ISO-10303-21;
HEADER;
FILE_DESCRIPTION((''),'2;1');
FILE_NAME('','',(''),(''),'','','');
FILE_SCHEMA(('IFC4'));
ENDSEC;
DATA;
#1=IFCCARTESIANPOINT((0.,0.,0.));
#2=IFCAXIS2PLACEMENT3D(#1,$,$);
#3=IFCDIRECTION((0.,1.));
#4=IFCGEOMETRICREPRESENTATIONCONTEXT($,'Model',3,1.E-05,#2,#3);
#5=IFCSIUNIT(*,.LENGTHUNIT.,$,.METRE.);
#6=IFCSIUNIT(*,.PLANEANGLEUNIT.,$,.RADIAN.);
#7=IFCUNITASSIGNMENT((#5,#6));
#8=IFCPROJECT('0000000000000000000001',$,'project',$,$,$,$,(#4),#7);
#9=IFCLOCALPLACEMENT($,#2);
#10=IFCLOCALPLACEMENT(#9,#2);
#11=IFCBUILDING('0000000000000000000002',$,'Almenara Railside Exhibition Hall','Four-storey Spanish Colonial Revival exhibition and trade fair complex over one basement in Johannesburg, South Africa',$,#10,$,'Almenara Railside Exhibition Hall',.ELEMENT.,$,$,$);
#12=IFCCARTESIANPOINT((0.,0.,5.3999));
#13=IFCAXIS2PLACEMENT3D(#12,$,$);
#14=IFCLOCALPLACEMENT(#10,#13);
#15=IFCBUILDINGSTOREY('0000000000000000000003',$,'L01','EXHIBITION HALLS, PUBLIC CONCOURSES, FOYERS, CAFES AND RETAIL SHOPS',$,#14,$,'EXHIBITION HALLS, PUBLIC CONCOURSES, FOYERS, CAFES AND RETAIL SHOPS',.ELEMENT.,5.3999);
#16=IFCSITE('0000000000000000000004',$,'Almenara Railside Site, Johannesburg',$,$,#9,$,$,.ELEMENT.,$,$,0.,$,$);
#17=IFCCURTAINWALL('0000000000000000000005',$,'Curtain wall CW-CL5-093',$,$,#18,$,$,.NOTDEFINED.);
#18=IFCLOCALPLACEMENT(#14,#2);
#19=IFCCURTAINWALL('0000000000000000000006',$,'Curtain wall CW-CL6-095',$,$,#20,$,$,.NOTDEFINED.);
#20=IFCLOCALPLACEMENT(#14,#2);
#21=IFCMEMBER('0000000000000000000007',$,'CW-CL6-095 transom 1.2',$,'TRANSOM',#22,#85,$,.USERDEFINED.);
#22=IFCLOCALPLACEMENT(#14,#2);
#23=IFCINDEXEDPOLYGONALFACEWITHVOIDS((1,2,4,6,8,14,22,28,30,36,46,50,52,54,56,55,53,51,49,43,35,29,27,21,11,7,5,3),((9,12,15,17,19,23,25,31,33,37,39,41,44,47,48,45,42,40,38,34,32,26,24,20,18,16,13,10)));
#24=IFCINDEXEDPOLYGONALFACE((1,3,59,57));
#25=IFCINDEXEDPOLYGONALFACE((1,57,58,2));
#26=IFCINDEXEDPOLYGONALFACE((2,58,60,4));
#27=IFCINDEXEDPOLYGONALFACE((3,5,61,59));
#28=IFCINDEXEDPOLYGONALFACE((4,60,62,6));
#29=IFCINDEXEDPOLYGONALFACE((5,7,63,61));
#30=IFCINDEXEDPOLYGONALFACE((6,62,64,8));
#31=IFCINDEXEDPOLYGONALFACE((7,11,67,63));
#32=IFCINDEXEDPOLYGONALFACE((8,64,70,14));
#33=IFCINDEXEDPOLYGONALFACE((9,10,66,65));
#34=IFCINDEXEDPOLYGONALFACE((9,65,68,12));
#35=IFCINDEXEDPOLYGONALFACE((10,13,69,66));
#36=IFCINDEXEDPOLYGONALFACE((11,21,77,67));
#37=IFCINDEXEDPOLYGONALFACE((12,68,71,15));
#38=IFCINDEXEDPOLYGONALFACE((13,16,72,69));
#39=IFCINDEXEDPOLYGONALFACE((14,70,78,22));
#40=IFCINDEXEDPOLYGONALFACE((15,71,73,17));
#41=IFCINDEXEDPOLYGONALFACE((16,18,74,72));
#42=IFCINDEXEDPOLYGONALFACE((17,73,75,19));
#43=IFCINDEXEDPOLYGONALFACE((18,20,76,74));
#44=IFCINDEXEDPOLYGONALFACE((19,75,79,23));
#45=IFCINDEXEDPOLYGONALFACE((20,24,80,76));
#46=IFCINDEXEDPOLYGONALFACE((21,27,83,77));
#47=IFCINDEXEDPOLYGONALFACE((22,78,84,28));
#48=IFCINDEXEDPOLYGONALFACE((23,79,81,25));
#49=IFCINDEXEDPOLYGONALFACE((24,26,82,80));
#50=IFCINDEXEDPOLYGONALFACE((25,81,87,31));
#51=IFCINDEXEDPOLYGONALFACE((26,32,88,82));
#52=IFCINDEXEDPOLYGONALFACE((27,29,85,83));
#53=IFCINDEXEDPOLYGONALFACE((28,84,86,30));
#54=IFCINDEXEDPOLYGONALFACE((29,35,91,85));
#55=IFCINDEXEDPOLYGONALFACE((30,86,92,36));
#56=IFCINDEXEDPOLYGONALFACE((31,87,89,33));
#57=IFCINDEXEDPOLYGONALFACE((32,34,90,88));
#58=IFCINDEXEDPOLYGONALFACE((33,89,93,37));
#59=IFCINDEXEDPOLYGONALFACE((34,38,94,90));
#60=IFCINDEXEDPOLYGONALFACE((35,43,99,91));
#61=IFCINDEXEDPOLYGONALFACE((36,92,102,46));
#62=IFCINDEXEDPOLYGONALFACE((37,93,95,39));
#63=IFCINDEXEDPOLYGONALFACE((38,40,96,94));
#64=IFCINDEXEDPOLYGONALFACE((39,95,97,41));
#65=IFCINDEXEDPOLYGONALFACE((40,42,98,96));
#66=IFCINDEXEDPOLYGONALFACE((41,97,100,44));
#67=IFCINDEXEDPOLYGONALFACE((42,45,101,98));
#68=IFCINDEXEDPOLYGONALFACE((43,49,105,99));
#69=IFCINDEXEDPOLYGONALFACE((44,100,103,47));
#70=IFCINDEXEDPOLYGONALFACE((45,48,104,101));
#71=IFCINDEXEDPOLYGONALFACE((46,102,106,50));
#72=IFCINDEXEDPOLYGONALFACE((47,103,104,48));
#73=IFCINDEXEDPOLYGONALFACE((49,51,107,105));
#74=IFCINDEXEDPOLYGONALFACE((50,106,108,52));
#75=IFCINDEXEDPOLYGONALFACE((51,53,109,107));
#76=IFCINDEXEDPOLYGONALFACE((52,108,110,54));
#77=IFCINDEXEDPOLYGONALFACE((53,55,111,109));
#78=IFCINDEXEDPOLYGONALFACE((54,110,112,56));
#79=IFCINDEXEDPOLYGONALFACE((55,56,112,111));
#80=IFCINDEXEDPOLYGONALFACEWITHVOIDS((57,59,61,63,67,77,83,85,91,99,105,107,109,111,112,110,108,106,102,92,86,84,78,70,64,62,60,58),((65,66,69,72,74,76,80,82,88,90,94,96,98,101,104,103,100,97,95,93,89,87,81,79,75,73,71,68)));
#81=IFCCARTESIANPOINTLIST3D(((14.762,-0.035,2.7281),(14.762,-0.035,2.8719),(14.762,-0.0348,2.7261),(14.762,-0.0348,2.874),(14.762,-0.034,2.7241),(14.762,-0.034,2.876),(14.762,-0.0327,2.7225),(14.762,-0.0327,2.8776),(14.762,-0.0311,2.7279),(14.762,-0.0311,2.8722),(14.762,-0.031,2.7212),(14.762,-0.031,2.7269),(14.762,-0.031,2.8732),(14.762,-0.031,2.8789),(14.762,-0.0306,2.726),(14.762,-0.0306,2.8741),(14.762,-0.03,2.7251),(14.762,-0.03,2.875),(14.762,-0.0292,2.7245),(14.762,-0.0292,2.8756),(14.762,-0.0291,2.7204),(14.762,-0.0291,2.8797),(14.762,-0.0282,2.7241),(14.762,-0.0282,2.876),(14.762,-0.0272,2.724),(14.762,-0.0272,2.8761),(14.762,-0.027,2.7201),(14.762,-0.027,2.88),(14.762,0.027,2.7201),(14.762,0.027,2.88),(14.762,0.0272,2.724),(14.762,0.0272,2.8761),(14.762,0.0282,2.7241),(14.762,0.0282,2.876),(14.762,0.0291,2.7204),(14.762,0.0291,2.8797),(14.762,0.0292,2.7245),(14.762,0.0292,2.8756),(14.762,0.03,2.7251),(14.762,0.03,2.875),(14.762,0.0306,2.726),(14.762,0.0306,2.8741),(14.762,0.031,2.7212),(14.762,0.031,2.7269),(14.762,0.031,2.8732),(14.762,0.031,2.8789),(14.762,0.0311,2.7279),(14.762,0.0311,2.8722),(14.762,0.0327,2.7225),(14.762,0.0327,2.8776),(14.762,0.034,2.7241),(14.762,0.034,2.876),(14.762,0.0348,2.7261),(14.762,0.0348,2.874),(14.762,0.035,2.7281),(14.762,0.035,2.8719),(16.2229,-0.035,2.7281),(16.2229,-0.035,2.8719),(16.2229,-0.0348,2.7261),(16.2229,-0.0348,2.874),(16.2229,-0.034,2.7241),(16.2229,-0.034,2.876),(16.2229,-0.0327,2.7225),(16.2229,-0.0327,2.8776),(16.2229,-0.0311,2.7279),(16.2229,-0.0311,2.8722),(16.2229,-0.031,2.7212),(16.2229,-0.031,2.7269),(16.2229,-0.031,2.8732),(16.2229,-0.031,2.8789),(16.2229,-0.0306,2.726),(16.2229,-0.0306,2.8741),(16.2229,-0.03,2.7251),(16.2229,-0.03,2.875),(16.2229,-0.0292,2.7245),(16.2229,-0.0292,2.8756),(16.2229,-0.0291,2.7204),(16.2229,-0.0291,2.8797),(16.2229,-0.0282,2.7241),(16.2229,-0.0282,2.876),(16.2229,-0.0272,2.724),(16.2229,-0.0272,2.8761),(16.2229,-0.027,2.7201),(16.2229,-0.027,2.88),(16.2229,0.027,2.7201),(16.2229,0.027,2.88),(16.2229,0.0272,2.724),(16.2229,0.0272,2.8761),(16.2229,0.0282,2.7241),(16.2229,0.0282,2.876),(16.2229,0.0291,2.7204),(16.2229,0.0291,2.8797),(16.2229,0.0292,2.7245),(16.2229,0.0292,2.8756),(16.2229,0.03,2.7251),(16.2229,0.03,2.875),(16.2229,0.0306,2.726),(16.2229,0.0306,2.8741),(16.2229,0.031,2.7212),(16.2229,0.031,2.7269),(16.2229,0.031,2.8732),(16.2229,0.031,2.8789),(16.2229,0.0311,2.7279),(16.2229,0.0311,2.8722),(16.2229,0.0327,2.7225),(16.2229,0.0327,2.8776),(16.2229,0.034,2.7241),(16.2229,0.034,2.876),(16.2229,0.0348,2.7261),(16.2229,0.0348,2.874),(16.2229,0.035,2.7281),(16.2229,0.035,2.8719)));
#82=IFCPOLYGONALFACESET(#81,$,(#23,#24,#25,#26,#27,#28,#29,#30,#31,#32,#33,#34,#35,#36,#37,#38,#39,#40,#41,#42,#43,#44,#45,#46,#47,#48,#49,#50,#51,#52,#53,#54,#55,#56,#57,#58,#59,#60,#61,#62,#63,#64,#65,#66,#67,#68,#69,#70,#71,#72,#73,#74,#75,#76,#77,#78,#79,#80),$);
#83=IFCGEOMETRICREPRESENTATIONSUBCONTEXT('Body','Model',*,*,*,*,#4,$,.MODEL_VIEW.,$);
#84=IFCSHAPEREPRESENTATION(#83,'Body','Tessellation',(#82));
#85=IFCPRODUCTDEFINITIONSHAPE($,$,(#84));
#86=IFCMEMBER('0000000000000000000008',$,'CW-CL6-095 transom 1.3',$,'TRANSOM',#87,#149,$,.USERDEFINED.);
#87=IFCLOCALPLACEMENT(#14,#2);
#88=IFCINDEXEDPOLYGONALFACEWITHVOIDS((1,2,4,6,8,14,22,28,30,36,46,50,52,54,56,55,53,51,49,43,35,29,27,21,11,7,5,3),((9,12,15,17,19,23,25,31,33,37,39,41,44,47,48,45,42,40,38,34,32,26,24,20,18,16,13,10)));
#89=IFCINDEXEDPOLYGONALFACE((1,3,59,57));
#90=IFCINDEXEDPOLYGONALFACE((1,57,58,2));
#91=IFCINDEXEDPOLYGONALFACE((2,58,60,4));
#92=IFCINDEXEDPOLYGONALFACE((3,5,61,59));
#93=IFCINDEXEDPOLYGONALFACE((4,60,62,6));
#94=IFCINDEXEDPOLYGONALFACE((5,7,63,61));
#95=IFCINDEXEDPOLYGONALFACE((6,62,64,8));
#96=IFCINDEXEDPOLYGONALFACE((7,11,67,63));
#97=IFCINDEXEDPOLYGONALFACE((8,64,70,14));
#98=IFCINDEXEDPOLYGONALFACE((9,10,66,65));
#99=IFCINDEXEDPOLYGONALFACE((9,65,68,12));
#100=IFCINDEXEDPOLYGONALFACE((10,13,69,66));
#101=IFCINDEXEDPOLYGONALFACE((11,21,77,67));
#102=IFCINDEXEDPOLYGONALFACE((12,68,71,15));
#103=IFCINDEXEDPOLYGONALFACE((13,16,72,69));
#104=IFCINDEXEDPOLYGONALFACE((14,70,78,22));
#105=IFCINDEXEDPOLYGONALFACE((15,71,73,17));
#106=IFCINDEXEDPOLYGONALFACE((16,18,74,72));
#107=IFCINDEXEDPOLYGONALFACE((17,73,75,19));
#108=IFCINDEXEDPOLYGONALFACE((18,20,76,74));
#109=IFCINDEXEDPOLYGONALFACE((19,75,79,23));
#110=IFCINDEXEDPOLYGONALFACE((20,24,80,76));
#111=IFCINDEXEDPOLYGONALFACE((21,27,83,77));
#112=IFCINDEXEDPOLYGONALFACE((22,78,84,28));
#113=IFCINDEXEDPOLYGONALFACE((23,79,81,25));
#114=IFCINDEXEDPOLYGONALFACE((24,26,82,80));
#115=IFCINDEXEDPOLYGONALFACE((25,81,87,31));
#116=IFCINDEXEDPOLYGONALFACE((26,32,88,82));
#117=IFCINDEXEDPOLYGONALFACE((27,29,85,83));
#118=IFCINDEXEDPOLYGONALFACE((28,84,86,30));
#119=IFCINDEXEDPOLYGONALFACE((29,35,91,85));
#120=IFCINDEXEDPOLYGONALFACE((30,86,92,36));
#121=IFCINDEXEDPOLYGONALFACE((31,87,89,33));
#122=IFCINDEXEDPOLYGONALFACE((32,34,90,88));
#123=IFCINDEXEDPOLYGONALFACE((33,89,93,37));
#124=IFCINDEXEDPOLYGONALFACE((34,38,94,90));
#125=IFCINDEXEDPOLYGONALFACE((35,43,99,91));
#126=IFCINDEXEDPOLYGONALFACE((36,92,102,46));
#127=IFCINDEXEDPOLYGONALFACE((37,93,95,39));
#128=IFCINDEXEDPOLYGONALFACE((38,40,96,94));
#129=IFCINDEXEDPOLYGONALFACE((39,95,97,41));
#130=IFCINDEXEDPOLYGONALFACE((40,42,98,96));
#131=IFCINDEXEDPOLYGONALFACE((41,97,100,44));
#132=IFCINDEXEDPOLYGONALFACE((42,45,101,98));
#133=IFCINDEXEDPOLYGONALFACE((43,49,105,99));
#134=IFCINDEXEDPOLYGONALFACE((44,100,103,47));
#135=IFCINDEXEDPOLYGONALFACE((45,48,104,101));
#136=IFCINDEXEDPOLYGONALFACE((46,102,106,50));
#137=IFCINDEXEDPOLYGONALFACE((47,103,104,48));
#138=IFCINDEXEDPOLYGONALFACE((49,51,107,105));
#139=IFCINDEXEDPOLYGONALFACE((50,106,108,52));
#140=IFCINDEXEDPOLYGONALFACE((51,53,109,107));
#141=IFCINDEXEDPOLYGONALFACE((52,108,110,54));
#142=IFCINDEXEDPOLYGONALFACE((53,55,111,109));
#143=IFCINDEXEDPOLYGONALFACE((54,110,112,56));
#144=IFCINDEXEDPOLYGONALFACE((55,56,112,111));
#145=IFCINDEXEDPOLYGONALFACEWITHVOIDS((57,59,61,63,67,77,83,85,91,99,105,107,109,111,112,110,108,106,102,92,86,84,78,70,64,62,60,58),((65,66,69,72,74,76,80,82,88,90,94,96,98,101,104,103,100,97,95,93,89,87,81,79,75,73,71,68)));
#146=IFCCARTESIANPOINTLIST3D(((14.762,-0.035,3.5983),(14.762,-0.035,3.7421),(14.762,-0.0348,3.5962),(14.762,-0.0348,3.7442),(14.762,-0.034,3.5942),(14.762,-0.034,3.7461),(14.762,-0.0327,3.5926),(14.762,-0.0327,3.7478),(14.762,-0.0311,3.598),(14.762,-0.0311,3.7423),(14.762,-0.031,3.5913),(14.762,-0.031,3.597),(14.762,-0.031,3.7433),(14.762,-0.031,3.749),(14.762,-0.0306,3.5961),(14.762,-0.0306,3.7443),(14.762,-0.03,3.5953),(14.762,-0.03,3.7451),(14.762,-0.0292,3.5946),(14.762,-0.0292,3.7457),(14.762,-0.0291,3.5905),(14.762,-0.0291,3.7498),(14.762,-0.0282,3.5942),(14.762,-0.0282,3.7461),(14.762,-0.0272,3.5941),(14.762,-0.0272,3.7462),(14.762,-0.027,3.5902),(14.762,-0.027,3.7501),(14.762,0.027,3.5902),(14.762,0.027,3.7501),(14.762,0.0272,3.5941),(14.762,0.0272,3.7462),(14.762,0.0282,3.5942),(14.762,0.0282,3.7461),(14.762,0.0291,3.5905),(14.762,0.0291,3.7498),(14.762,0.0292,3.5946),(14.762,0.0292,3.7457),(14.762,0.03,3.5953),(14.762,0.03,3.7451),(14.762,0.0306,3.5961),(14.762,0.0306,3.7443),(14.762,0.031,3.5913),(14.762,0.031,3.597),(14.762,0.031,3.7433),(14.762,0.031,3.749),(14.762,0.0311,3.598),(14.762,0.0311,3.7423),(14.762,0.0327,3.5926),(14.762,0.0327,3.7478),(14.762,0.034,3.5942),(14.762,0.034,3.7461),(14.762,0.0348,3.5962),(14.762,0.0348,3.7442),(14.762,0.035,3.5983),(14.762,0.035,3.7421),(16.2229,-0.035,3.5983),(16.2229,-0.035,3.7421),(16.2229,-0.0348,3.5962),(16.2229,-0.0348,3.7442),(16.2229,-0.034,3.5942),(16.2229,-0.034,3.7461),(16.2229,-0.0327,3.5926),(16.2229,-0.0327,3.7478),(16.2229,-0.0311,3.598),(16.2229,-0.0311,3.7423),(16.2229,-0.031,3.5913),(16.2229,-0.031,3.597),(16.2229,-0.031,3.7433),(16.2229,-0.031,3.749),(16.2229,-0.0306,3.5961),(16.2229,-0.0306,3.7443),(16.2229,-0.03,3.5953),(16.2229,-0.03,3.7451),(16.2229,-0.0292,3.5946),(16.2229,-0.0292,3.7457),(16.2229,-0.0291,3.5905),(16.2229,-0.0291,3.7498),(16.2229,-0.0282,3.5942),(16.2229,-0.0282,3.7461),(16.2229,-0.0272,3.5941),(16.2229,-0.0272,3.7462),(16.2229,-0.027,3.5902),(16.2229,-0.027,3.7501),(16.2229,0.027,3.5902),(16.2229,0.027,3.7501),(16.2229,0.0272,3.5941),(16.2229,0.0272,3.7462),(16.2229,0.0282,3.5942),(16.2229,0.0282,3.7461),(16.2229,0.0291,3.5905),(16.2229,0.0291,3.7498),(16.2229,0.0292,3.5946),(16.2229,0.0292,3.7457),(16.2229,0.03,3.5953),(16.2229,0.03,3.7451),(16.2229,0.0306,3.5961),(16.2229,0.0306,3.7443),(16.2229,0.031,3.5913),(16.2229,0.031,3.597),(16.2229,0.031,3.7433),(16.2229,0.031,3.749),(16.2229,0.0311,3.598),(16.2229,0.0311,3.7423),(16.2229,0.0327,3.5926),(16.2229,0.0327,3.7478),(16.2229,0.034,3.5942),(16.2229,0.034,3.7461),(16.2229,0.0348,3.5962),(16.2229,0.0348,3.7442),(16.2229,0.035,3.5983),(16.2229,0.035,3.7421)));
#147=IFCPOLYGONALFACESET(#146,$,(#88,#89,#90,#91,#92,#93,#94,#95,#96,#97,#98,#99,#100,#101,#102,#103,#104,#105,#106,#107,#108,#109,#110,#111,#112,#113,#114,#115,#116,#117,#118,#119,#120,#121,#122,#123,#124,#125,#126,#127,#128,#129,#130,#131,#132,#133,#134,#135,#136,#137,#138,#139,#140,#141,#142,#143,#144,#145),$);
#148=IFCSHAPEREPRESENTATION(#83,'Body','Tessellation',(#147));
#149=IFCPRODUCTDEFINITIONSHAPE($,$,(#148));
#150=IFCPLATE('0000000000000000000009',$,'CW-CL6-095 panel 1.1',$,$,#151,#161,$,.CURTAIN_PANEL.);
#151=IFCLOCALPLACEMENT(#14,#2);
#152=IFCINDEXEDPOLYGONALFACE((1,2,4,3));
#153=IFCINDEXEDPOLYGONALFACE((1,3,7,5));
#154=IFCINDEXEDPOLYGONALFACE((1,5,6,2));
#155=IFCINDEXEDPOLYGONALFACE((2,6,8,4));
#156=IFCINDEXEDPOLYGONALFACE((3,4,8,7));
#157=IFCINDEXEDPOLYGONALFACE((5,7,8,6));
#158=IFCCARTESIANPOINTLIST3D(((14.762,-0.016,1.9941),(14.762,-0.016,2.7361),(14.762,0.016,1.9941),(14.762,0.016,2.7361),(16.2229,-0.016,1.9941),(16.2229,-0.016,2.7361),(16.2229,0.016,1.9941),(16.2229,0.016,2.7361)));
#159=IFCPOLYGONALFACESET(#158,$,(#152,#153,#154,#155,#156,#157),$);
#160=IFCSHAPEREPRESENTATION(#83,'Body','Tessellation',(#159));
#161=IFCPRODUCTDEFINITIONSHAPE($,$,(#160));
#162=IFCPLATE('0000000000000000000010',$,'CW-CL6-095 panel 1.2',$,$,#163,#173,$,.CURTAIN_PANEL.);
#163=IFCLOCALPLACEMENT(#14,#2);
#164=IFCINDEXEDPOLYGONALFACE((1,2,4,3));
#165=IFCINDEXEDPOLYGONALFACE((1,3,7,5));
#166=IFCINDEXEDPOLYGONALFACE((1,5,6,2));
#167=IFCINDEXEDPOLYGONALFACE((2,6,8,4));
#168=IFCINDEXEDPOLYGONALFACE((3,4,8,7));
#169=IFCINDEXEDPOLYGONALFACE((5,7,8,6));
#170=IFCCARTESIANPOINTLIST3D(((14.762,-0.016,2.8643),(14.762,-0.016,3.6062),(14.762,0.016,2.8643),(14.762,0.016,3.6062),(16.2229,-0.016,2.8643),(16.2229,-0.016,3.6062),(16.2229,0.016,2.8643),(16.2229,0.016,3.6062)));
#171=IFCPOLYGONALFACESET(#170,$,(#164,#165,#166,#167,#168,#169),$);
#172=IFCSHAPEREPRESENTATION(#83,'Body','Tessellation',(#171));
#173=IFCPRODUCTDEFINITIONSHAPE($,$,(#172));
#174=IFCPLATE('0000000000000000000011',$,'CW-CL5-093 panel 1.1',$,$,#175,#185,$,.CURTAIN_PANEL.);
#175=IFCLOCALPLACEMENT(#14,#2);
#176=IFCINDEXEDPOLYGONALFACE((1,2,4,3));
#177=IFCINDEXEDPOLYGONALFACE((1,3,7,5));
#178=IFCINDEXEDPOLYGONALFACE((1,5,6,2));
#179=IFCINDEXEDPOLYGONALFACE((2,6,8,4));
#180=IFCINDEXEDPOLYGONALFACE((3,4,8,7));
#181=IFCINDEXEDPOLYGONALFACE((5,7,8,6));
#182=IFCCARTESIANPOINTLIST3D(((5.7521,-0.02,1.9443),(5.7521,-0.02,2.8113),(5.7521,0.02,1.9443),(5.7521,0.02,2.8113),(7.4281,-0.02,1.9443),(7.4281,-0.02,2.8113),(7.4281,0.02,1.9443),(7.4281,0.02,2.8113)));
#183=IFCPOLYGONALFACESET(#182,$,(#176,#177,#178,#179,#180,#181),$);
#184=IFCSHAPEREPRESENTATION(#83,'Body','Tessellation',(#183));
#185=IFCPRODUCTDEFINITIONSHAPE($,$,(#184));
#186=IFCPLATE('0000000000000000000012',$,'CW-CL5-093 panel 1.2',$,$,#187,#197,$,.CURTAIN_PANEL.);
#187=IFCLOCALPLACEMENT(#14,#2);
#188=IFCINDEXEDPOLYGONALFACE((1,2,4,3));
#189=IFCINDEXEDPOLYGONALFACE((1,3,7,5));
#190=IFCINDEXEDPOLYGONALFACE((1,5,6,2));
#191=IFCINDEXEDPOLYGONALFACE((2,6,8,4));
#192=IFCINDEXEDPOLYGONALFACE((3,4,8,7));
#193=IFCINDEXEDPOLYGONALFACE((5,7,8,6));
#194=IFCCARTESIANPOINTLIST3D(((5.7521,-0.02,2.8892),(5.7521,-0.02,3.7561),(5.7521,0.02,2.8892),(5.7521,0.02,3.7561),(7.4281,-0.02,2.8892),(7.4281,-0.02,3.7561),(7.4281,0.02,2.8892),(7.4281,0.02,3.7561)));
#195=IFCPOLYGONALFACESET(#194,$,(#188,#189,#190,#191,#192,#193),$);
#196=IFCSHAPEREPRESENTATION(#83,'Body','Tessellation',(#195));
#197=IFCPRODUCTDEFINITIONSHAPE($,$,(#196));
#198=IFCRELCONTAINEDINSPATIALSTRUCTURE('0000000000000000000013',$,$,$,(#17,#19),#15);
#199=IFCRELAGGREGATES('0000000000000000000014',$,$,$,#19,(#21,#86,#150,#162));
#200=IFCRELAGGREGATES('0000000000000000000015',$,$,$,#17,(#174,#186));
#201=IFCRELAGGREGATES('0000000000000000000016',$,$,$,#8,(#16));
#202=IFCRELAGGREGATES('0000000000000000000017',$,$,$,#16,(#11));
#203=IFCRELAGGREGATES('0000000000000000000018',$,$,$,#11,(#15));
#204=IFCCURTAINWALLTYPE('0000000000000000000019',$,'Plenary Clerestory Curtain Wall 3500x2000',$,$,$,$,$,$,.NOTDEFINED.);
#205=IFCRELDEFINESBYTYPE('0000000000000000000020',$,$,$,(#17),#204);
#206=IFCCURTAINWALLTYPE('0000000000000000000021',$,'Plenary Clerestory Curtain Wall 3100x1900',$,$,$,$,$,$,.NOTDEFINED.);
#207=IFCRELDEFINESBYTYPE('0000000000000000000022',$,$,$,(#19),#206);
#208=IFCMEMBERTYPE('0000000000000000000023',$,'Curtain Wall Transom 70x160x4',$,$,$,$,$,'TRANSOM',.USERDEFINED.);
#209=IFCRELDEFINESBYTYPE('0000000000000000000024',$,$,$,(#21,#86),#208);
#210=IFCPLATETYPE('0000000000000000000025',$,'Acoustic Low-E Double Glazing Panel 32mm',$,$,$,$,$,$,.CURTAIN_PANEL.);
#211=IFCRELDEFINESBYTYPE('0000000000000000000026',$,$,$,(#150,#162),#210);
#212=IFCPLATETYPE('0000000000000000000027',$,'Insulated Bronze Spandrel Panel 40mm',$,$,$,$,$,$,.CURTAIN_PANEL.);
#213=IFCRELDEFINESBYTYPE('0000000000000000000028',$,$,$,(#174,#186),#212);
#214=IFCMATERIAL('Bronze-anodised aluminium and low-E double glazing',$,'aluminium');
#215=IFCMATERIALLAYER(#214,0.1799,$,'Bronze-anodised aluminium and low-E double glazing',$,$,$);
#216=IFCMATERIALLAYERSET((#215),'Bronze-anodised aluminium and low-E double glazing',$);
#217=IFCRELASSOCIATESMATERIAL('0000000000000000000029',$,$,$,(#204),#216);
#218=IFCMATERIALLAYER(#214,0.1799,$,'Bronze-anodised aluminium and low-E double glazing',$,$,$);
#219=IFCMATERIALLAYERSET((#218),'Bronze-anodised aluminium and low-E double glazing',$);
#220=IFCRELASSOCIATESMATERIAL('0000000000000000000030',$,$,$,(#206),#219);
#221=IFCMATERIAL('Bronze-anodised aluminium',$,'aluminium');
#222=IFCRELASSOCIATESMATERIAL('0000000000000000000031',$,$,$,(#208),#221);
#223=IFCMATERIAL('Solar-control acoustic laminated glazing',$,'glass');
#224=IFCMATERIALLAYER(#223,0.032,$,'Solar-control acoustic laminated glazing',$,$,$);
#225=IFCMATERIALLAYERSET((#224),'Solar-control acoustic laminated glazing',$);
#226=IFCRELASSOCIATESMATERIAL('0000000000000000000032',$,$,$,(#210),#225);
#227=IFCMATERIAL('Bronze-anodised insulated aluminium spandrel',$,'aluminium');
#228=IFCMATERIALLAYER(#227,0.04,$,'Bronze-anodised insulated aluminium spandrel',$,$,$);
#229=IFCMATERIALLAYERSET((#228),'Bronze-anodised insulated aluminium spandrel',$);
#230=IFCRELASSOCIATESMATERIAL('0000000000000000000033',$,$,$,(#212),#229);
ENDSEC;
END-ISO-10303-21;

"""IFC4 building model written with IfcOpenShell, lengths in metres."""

from ifc_helpers import new_model, si_unit, direction, frame, origin, origin_2d, place, context, subcontext, project, spatial, rectangle, hollow_rectangle, extrude, material, layer, layer_set, material_profile, profile_set, type_object, element, aggregate, save


model = new_model("IFC4")

# Units and contexts
model_context = context("Model", 3, precision=1e-05, world=origin(), true_north=direction((0.0, 1.0)))
body_context = subcontext(model_context, "Body", "Model", "MODEL_VIEW")
ifc_project = project(units=[si_unit("LENGTHUNIT", "METRE"), si_unit("PLANEANGLEUNIT", "RADIAN")], contexts=[model_context])

# Site, building, storey
site_placement = place(None, origin())
site = spatial("IfcSite", under=ifc_project, at=site_placement, Name="Almenara Railside Site, Johannesburg", CompositionType="ELEMENT", RefElevation=0.0)
building_placement = place(site_placement, origin())
building = spatial("IfcBuilding", under=site, at=building_placement, Name="Almenara Railside Exhibition Hall", Description="Four-storey Spanish Colonial Revival exhibition and trade fair complex over one basement in Johannesburg, South Africa", LongName="Almenara Railside Exhibition Hall", CompositionType="ELEMENT")
storey_placement = place(building_placement, frame((0.0, 0.0, 5.3999)))
storey = spatial("IfcBuildingStorey", under=building, at=storey_placement, Name="L01", Description="EXHIBITION HALLS, PUBLIC CONCOURSES, FOYERS, CAFES AND RETAIL SHOPS", LongName="EXHIBITION HALLS, PUBLIC CONCOURSES, FOYERS, CAFES AND RETAIL SHOPS", CompositionType="ELEMENT", Elevation=5.3999)

# Curtain walls
ifc_material_1 = material(Name="Bronze-anodised aluminium and low-E double glazing", Category="aluminium")
ifc_layer_1 = layer(ifc_material_1, 0.1799, Name="Bronze-anodised aluminium and low-E double glazing")
ifc_layer_set_1 = layer_set([ifc_layer_1], Name="Bronze-anodised aluminium and low-E double glazing")
curtain_wall_type_1 = type_object("IfcCurtainWallType", Name="Plenary Clerestory Curtain Wall 3500x2000", PredefinedType="NOTDEFINED", material=ifc_layer_set_1)
curtain_wall_1_placement = place(storey_placement, origin())
curtain_wall_1 = element("IfcCurtainWall", 1, at=curtain_wall_1_placement, inside=storey, type_object=curtain_wall_type_1, Name="Curtain wall CW-CL5-093", PredefinedType="NOTDEFINED")
ifc_material_2 = material(Name="Bronze-anodised aluminium", Category="aluminium")
ifc_layer_2 = layer(ifc_material_1, 0.1799, Name="Bronze-anodised aluminium and low-E double glazing")
ifc_layer_set_2 = layer_set([ifc_layer_2], Name="Bronze-anodised aluminium and low-E double glazing")
curtain_wall_type_2 = type_object("IfcCurtainWallType", Name="Plenary Clerestory Curtain Wall 3100x1900", PredefinedType="NOTDEFINED", material=ifc_layer_set_2)
curtain_wall_2_placement = place(storey_placement, origin())
curtain_wall_2 = element("IfcCurtainWall", 2, at=curtain_wall_2_placement, inside=storey, type_object=curtain_wall_type_2, Name="Curtain wall CW-CL6-095", PredefinedType="NOTDEFINED")

# Members
ifc_material_profile_1 = material_profile(ifc_material_2, hollow_rectangle(XDim=0.0701, YDim=0.1599, WallThickness=0.0039, InnerFilletRadius=0.0039, OuterFilletRadius=0.0081, at=origin_2d()), Name="ALU-TRN 70x160x4")
ifc_profile_set_1 = profile_set([ifc_material_profile_1], Name="Bronze-anodised aluminium")
member_type_1 = type_object("IfcMemberType", Name="Curtain Wall Transom 70x160x4", ElementType="TRANSOM", PredefinedType="USERDEFINED", material=ifc_profile_set_1)
member_1_placement = place(storey_placement, frame((14.762, 0.0, 2.8), z_axis=(1.0, 0.0, 0.0), x_axis=(0.0, 1.0, 0.0)))
member_1 = element("IfcMember", 3, at=member_1_placement, type_object=member_type_1, Name="CW-CL6-095 transom 1.2", ObjectType="TRANSOM", PredefinedType="USERDEFINED", context=body_context, shape_type="SweptSolid", body=[
    extrude(hollow_rectangle(XDim=0.0701, YDim=0.1599, WallThickness=0.0039, InnerFilletRadius=0.0039, OuterFilletRadius=0.0081, at=origin_2d()), origin(), (0.0, 0.0, 1.0), 1.4609),
])
member_2_placement = place(storey_placement, frame((14.762, 0.0, 3.6702), z_axis=(1.0, 0.0, 0.0), x_axis=(0.0, 1.0, 0.0)))
member_2 = element("IfcMember", 4, at=member_2_placement, type_object=member_type_1, Name="CW-CL6-095 transom 1.3", ObjectType="TRANSOM", PredefinedType="USERDEFINED", context=body_context, shape_type="SweptSolid", body=[
    extrude(hollow_rectangle(XDim=0.0701, YDim=0.1599, WallThickness=0.0039, InnerFilletRadius=0.0039, OuterFilletRadius=0.0081, at=origin_2d()), origin(), (0.0, 0.0, 1.0), 1.4609),
])

# Plates
ifc_material_3 = material(Name="Solar-control acoustic laminated glazing", Category="glass")
ifc_layer_3 = layer(ifc_material_3, 0.032, Name="Solar-control acoustic laminated glazing")
ifc_layer_set_3 = layer_set([ifc_layer_3], Name="Solar-control acoustic laminated glazing")
plate_type_1 = type_object("IfcPlateType", Name="Acoustic Low-E Double Glazing Panel 32mm", PredefinedType="CURTAIN_PANEL", material=ifc_layer_set_3)
plate_1_placement = place(storey_placement, frame((15.4924, 0.0, 1.9941), z_axis=(0.0, 0.0, 1.0), x_axis=(1.0, 0.0, 0.0)))
plate_1 = element("IfcPlate", 5, at=plate_1_placement, type_object=plate_type_1, Name="CW-CL6-095 panel 1.1", PredefinedType="CURTAIN_PANEL", context=body_context, shape_type="SweptSolid", body=[
    extrude(rectangle(XDim=1.4609, YDim=0.032, at=origin_2d()), origin(), (0.0, 0.0, 1.0), 0.7419),
])
plate_2_placement = place(storey_placement, frame((15.4924, 0.0, 2.8643), z_axis=(0.0, 0.0, 1.0), x_axis=(1.0, 0.0, 0.0)))
plate_2 = element("IfcPlate", 6, at=plate_2_placement, type_object=plate_type_1, Name="CW-CL6-095 panel 1.2", PredefinedType="CURTAIN_PANEL", context=body_context, shape_type="SweptSolid", body=[
    extrude(rectangle(XDim=1.4609, YDim=0.032, at=origin_2d()), origin(), (0.0, 0.0, 1.0), 0.7419),
])
aggregate(curtain_wall_2, [member_1, member_2, plate_1, plate_2])
ifc_material_4 = material(Name="Bronze-anodised insulated aluminium spandrel", Category="aluminium")
ifc_layer_4 = layer(ifc_material_4, 0.04, Name="Bronze-anodised insulated aluminium spandrel")
ifc_layer_set_4 = layer_set([ifc_layer_4], Name="Bronze-anodised insulated aluminium spandrel")
plate_type_2 = type_object("IfcPlateType", Name="Insulated Bronze Spandrel Panel 40mm", PredefinedType="CURTAIN_PANEL", material=ifc_layer_set_4)
plate_3_placement = place(storey_placement, frame((6.5901, 0.0, 1.9443), z_axis=(0.0, 0.0, 1.0), x_axis=(1.0, 0.0, 0.0)))
plate_3 = element("IfcPlate", 7, at=plate_3_placement, type_object=plate_type_2, Name="CW-CL5-093 panel 1.1", PredefinedType="CURTAIN_PANEL", context=body_context, shape_type="SweptSolid", body=[
    extrude(rectangle(XDim=1.676, YDim=0.04, at=origin_2d()), origin(), (0.0, 0.0, 1.0), 0.8669),
])
plate_4_placement = place(storey_placement, frame((6.5901, 0.0, 2.8892), z_axis=(0.0, 0.0, 1.0), x_axis=(1.0, 0.0, 0.0)))
plate_4 = element("IfcPlate", 8, at=plate_4_placement, type_object=plate_type_2, Name="CW-CL5-093 panel 1.2", PredefinedType="CURTAIN_PANEL", context=body_context, shape_type="SweptSolid", body=[
    extrude(rectangle(XDim=1.676, YDim=0.04, at=origin_2d()), origin(), (0.0, 0.0, 1.0), 0.8669),
])
aggregate(curtain_wall_1, [plate_3, plate_4])

save(model, "model.ifc")
